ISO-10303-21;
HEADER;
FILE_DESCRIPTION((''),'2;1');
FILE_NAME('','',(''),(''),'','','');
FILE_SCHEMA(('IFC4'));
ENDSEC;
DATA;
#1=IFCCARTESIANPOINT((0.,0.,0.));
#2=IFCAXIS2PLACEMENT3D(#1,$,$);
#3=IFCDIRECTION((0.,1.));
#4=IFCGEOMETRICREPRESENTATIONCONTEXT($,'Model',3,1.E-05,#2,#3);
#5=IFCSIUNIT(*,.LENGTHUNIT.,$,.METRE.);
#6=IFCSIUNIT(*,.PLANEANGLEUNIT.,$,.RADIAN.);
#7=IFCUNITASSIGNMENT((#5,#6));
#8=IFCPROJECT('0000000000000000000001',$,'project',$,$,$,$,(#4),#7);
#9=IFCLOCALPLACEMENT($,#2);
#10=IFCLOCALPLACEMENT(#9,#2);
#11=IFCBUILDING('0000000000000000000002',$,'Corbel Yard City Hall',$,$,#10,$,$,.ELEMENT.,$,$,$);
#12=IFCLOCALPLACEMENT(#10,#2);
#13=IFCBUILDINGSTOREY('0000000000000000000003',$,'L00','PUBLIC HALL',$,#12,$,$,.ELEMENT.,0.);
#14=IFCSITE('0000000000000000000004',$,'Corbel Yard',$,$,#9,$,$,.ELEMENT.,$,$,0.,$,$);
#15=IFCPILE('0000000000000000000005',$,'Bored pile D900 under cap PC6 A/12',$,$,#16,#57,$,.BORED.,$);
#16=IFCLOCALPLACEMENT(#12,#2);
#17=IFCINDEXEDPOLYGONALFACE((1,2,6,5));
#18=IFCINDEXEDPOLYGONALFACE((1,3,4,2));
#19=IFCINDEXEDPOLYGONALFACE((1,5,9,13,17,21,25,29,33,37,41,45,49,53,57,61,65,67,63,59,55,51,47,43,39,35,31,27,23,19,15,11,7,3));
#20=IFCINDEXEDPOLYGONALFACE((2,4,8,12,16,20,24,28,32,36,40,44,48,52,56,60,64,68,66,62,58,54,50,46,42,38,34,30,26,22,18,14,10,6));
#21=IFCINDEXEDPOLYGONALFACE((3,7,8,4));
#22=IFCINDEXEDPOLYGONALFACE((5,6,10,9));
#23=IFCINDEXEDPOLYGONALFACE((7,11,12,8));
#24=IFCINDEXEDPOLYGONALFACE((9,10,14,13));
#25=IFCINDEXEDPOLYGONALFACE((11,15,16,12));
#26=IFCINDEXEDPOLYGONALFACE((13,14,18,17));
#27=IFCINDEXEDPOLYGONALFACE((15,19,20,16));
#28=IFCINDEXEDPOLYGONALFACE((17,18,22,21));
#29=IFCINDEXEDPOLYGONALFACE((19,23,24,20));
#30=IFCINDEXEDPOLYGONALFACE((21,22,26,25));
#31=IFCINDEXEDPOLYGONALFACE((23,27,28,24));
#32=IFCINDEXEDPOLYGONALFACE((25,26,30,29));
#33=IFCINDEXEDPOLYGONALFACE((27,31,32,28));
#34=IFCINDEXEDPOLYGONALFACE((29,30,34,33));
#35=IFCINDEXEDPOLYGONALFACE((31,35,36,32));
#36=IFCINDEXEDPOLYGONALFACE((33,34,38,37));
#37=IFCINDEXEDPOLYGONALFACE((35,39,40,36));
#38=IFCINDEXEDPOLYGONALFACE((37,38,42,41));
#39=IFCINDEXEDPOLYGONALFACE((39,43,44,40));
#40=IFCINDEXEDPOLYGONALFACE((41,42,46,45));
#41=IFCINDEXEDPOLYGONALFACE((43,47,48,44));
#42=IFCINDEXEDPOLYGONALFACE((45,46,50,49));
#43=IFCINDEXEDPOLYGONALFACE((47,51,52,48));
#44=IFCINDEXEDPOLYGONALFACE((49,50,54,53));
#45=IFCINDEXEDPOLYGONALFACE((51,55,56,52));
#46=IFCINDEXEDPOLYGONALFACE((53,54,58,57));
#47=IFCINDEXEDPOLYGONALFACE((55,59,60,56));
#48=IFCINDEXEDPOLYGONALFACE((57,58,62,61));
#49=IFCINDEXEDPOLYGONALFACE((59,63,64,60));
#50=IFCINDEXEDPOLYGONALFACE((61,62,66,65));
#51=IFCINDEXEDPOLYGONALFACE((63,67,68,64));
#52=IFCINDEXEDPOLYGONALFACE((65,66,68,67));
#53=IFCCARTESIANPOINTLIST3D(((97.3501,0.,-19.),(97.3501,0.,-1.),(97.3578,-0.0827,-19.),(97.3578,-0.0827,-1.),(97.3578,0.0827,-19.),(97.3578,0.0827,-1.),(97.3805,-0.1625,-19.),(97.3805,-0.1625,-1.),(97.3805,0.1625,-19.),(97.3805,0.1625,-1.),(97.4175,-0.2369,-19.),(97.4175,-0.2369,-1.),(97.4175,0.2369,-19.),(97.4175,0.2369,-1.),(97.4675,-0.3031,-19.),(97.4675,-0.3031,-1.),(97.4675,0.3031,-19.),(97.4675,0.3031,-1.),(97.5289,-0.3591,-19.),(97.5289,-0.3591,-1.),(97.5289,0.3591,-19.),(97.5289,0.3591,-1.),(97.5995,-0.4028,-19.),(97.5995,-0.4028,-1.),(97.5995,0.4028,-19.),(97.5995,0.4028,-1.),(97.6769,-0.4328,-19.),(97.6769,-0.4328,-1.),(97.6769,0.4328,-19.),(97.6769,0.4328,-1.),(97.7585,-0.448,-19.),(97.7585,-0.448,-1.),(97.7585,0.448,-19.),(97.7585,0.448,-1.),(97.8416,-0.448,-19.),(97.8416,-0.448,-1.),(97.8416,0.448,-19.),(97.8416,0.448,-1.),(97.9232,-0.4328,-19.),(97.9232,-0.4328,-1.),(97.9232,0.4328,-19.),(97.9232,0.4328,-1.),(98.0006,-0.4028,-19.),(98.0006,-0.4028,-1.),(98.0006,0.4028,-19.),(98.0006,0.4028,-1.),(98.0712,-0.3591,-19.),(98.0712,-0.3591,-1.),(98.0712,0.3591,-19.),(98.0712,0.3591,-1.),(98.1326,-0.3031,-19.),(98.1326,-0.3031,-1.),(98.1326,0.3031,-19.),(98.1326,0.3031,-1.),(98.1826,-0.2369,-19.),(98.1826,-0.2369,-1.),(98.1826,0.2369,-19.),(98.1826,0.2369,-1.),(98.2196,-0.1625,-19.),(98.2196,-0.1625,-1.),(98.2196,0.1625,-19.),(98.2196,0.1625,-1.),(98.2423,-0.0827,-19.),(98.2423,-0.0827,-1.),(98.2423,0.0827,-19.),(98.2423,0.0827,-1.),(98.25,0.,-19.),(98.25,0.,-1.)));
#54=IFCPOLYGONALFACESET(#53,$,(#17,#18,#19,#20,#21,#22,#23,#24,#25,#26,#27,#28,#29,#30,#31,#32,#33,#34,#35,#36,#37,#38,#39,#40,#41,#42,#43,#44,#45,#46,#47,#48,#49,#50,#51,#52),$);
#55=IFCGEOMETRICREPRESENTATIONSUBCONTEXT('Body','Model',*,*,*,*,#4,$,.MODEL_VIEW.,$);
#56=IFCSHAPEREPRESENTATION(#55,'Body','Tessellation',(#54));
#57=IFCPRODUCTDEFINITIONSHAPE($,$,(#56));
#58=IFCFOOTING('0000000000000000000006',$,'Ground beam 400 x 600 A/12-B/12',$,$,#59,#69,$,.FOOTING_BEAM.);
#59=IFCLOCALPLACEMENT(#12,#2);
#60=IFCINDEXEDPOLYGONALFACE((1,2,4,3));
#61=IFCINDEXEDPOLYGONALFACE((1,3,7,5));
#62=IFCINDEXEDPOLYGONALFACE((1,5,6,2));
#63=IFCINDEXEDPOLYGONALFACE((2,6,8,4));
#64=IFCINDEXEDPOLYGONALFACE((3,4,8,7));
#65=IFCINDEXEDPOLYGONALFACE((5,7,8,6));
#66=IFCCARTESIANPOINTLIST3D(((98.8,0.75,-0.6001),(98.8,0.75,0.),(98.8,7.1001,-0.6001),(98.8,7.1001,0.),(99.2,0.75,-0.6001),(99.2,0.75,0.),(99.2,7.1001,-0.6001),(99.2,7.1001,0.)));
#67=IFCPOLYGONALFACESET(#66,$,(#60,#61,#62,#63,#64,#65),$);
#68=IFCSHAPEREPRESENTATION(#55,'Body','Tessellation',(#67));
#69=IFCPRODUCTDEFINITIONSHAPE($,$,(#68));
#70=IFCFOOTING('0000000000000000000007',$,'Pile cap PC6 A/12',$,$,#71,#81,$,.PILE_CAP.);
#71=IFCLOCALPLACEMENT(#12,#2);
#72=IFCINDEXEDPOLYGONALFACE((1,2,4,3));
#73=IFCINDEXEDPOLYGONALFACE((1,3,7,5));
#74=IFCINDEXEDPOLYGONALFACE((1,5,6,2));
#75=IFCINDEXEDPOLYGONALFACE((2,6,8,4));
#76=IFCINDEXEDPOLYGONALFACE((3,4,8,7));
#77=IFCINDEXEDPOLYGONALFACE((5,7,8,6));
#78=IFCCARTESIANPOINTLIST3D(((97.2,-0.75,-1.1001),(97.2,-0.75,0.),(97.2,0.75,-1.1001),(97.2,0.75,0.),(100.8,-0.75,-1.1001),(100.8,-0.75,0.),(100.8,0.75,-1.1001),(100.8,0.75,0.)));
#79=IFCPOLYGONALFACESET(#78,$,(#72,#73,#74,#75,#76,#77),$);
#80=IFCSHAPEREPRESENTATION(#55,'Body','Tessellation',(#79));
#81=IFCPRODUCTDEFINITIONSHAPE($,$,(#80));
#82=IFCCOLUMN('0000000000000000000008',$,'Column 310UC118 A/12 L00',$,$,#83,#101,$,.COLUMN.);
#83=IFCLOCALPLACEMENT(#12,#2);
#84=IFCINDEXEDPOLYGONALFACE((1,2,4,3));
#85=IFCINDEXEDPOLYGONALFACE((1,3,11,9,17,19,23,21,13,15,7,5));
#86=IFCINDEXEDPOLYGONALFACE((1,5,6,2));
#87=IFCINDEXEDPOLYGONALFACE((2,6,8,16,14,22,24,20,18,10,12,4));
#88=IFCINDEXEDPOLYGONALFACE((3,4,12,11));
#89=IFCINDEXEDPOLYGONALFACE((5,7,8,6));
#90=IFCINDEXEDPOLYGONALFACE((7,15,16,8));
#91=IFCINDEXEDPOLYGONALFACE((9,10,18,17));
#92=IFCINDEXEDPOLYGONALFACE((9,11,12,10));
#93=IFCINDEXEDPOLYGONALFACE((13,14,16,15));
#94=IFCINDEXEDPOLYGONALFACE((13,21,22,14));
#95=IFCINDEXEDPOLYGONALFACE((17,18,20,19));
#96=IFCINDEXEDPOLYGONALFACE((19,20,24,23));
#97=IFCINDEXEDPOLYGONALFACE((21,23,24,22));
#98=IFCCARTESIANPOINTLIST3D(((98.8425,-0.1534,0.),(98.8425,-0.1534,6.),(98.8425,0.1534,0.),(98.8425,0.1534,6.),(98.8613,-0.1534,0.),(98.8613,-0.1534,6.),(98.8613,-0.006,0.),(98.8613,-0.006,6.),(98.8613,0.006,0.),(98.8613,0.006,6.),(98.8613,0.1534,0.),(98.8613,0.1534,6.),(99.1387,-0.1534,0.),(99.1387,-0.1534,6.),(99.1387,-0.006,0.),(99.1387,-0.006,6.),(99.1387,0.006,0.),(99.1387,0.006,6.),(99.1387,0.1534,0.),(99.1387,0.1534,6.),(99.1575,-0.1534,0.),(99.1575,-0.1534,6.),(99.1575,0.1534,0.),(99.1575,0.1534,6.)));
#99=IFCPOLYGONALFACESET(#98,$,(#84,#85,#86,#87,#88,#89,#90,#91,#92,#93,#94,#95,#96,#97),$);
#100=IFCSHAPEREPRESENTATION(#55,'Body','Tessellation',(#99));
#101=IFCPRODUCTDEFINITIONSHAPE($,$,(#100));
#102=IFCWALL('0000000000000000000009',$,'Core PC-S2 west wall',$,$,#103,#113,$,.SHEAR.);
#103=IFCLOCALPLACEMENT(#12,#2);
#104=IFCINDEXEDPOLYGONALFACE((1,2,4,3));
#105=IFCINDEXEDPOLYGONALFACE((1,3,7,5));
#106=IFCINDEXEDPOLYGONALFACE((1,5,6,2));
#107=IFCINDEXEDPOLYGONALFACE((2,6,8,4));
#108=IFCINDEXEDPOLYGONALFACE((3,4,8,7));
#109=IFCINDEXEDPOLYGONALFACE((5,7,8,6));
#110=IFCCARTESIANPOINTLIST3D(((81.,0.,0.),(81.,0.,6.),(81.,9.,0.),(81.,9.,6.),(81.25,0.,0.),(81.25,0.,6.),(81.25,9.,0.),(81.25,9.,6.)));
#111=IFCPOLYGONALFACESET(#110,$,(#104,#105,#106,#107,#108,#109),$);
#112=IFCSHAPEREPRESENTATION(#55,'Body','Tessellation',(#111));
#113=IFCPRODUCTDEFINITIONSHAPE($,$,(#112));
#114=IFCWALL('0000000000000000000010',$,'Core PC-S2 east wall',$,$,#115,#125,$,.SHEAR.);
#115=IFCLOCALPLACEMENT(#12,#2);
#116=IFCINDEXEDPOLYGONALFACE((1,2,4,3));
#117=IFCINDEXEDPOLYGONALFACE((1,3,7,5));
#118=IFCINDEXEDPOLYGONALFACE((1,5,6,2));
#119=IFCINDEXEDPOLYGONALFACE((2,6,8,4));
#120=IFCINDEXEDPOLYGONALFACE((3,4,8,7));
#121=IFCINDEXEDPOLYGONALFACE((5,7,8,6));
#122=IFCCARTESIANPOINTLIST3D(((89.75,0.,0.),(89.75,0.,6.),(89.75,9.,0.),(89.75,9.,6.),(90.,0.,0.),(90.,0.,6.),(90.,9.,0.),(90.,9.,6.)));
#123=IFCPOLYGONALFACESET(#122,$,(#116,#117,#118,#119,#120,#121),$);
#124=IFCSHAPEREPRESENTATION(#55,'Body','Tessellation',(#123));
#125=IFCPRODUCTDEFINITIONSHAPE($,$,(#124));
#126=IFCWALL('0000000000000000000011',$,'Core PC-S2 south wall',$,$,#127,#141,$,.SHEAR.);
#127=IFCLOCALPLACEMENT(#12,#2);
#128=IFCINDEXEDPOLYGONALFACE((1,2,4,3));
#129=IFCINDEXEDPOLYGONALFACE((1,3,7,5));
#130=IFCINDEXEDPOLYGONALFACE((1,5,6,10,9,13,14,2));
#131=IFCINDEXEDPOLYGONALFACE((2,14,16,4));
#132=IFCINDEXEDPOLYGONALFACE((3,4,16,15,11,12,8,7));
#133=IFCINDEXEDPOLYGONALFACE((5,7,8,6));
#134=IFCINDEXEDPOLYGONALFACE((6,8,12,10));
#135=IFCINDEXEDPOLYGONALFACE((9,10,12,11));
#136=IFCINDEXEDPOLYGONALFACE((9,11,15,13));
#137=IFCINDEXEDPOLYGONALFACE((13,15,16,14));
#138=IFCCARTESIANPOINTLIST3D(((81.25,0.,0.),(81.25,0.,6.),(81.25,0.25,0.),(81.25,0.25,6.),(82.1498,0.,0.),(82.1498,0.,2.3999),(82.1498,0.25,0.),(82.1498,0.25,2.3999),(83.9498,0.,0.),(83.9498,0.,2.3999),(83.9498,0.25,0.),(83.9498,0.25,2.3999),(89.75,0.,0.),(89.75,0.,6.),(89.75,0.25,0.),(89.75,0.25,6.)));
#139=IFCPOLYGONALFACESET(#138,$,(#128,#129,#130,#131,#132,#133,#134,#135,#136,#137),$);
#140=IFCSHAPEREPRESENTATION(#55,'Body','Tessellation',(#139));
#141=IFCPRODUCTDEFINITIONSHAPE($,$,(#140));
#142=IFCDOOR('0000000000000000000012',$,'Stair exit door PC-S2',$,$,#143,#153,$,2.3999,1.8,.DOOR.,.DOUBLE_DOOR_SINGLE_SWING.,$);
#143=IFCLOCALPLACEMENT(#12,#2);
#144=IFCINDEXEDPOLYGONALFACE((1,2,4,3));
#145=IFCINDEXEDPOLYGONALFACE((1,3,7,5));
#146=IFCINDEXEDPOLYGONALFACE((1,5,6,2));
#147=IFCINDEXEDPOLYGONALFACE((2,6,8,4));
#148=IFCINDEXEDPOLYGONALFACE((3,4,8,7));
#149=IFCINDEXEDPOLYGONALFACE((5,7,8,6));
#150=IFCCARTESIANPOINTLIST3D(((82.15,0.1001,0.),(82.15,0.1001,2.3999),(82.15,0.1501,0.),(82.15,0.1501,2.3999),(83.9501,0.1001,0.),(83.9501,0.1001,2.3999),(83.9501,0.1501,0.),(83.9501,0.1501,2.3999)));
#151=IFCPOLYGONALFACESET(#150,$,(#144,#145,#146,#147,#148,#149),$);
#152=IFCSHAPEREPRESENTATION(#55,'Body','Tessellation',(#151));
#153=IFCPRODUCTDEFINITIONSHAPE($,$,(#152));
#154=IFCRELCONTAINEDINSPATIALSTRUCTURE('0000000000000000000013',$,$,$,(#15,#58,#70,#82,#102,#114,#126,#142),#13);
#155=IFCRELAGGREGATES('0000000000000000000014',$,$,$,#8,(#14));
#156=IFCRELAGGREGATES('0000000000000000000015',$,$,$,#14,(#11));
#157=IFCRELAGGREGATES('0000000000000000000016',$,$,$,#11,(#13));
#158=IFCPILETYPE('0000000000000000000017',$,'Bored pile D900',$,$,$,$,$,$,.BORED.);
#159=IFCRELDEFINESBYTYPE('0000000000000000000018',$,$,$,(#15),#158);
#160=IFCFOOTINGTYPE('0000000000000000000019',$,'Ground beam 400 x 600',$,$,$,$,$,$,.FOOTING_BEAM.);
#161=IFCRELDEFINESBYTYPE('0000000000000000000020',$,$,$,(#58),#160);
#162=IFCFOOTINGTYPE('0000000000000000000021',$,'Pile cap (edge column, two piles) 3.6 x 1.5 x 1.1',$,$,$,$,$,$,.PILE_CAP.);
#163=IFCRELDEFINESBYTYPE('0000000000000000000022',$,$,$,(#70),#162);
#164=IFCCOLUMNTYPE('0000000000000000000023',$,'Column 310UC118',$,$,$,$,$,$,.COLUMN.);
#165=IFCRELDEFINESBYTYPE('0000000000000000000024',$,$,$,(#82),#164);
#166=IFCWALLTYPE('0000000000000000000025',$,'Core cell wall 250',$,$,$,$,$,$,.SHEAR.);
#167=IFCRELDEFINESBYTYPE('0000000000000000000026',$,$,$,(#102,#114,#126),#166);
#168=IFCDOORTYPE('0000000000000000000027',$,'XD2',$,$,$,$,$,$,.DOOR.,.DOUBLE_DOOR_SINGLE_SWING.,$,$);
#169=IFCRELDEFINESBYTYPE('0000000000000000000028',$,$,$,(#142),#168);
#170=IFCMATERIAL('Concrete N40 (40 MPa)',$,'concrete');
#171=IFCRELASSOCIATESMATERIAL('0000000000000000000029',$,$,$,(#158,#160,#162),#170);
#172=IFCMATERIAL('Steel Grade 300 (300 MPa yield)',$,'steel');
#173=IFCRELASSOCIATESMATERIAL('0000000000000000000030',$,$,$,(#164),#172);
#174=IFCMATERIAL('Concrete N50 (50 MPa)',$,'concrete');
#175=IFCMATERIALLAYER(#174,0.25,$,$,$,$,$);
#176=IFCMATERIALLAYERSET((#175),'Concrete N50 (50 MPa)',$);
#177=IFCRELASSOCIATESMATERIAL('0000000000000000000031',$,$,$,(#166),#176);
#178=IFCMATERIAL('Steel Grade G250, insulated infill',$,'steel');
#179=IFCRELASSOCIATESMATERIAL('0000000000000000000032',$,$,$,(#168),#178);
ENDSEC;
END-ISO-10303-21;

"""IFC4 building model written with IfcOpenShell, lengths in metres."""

from ifc_helpers import new_model, si_unit, direction, frame, frame_2d, origin, origin_2d, place, context, subcontext, project, spatial, rectangle, circle, i_section, extrude, material, layer, layer_set, material_profile, profile_set, type_object, element, fill, save


model = new_model("IFC4")

# Units and contexts
model_context = context("Model", 3, precision=1e-05, world=origin(), true_north=direction((0.0, 1.0)))
body_context = subcontext(model_context, "Body", "Model", "MODEL_VIEW")
ifc_project = project(units=[si_unit("LENGTHUNIT", "METRE"), si_unit("PLANEANGLEUNIT", "RADIAN")], contexts=[model_context])

# Site, building, storey
site_placement = place(None, origin())
site = spatial("IfcSite", under=ifc_project, at=site_placement, Name="Corbel Yard", CompositionType="ELEMENT", RefElevation=0.0)
building_placement = place(site_placement, origin())
building = spatial("IfcBuilding", under=site, at=building_placement, Name="Corbel Yard City Hall", CompositionType="ELEMENT")
storey_placement = place(building_placement, origin())
storey = spatial("IfcBuildingStorey", under=building, at=storey_placement, Name="L00", Description="PUBLIC HALL", CompositionType="ELEMENT", Elevation=0.0)

# Pile
ifc_material_1 = material(Name="Concrete N40 (40 MPa)", Category="concrete")
ifc_material_profile_1 = material_profile(ifc_material_1, circle(Radius=0.45, at=origin_2d()), Name="D900")
ifc_profile_set_1 = profile_set([ifc_material_profile_1], Name="Concrete N40 (40 MPa)")
pile_type_1 = type_object("IfcPileType", Name="Bored pile D900", PredefinedType="BORED", material=ifc_profile_set_1)
pile_placement = place(storey_placement, frame((97.8, 0.0, -1.0), z_axis=(0.0, 0.0, -1.0), x_axis=(1.0, 0.0, 0.0)))
element("IfcPile", 1, at=pile_placement, inside=storey, type_object=pile_type_1, Name="Bored pile D900 under cap PC6 A/12", PredefinedType="BORED", context=body_context, shape_type="SweptSolid", body=[
    extrude(circle(Radius=0.45, at=origin_2d()), origin(), (0.0, 0.0, 1.0), 18.0),
])

# Footings
footing_type_1 = type_object("IfcFootingType", Name="Ground beam 400 x 600", PredefinedType="FOOTING_BEAM", material=ifc_material_1)
footing_1_placement = place(storey_placement, frame((99.0, 3.925, -0.6001), z_axis=(0.0, 0.0, 1.0), x_axis=(1.0, 0.0, 0.0)))
element("IfcFooting", 2, at=footing_1_placement, inside=storey, type_object=footing_type_1, Name="Ground beam 400 x 600 A/12-B/12", PredefinedType="FOOTING_BEAM", context=body_context, shape_type="SweptSolid", body=[
    extrude(rectangle(XDim=0.3999, YDim=6.3501, at=origin_2d()), origin(), (0.0, 0.0, 1.0), 0.6001),
])
footing_type_2 = type_object("IfcFootingType", Name="Pile cap (edge column, two piles) 3.6 x 1.5 x 1.1", PredefinedType="PILE_CAP", material=ifc_material_1)
footing_2_placement = place(storey_placement, frame((99.0, 0.0, -1.1001), z_axis=(0.0, 0.0, 1.0), x_axis=(1.0, 0.0, 0.0)))
element("IfcFooting", 3, at=footing_2_placement, inside=storey, type_object=footing_type_2, Name="Pile cap PC6 A/12", PredefinedType="PILE_CAP", context=body_context, shape_type="SweptSolid", body=[
    extrude(rectangle(XDim=3.6001, YDim=1.5, at=origin_2d()), origin(), (0.0, 0.0, 1.0), 1.1001),
])

# Column
ifc_material_2 = material(Name="Steel Grade 300 (300 MPa yield)", Category="steel")
ifc_material_profile_2 = material_profile(ifc_material_2, i_section(OverallWidth=0.3069, OverallDepth=0.3149, WebThickness=0.012, FlangeThickness=0.0188, at=origin_2d()), Name="310UC118")
ifc_profile_set_2 = profile_set([ifc_material_profile_2], Name="Steel Grade 300 (300 MPa yield)")
column_type = type_object("IfcColumnType", Name="Column 310UC118", PredefinedType="COLUMN", material=ifc_profile_set_2)
column_placement = place(storey_placement, frame((99.0, 0.0, 0.0), z_axis=(0.0, 0.0, 1.0), x_axis=(0.0, 1.0, 0.0)))
element("IfcColumn", 4, at=column_placement, inside=storey, type_object=column_type, Name="Column 310UC118 A/12 L00", PredefinedType="COLUMN", context=body_context, shape_type="SweptSolid", body=[
    extrude(i_section(OverallWidth=0.3069, OverallDepth=0.3149, WebThickness=0.012, FlangeThickness=0.0188, at=origin_2d()), origin(), (0.0, 0.0, 1.0), 6.0),
])

# Walls
ifc_material_3 = material(Name="Concrete N50 (50 MPa)", Category="concrete")
ifc_layer_1 = layer(ifc_material_3, 0.25)
ifc_layer_set_1 = layer_set([ifc_layer_1], Name="Concrete N50 (50 MPa)")
wall_type_1 = type_object("IfcWallType", Name="Core cell wall 250", PredefinedType="SHEAR", material=ifc_layer_set_1)
for number, where, z_axis, x_axis, name in (
    (5, (81.125, 0.0, 0.0), (0.0, 0.0, 1.0), (0.0, 1.0, 0.0), "Core PC-S2 west wall"),
    (6, (89.875, 0.0, 0.0), (0.0, 0.0, 1.0), (0.0, 1.0, 0.0), "Core PC-S2 east wall"),
):
    element("IfcWall", number, at=place(storey_placement, frame(where, z_axis=z_axis, x_axis=x_axis)), inside=storey, type_object=wall_type_1, Name=name, PredefinedType="SHEAR", context=body_context, shape_type="SweptSolid", body=[
        extrude(rectangle(XDim=9.0, YDim=0.25, at=frame_2d((4.5, 0.0))), origin(), (0.0, 0.0, 1.0), 6.0),
    ])

# Wall, opening, door
wall_1_placement = place(storey_placement, frame((81.25, 0.125, 0.0), z_axis=(0.0, 0.0, 1.0), x_axis=(1.0, 0.0, 0.0)))
wall_1 = element("IfcWall", 7, at=wall_1_placement, inside=storey, type_object=wall_type_1, Name="Core PC-S2 south wall", PredefinedType="SHEAR", context=body_context, shape_type="SweptSolid", body=[
    extrude(rectangle(XDim=8.5, YDim=0.25, at=frame_2d((4.25, 0.0))), origin(), (0.0, 0.0, 1.0), 6.0),
])
opening_1_placement = place(wall_1_placement, frame((0.8999, 0.0, 0.0)))
opening_1 = element("IfcOpeningElement", 8, at=opening_1_placement, cuts=wall_1, PredefinedType="OPENING", context=body_context, shape_type="SweptSolid", body=[
    extrude(rectangle(XDim=1.8, YDim=2.3999, at=frame_2d((0.8999, 1.2))), frame((0.0, 0.135, 0.0), z_axis=(0.0, -1.0, 0.0), x_axis=(1.0, 0.0, 0.0)), (0.0, 0.0, 1.0), 0.27),
])
ifc_material_4 = material(Name="Steel Grade G250, insulated infill", Category="steel")
door_type_1 = type_object("IfcDoorType", Name="XD2", OperationType="DOUBLE_DOOR_SINGLE_SWING", PredefinedType="DOOR", material=ifc_material_4)
door_1_placement = place(opening_1_placement, frame((1.8, 0.0, 0.0), z_axis=(0.0, 0.0, 1.0), x_axis=(-1.0, 0.0, 0.0)))
door_1 = element("IfcDoor", 9, at=door_1_placement, inside=storey, type_object=door_type_1, Name="Stair exit door PC-S2", OperationType="DOUBLE_DOOR_SINGLE_SWING", OverallHeight=2.3999, OverallWidth=1.8, PredefinedType="DOOR", context=body_context, shape_type="SweptSolid", body=[
    extrude(rectangle(XDim=1.8, YDim=2.3999, at=frame_2d((0.8999, 1.2))), frame((0.0, 0.0249, 0.0), z_axis=(0.0, -1.0, 0.0), x_axis=(1.0, 0.0, 0.0)), (0.0, 0.0, 1.0), 0.05),
])
fill(opening_1, door_1)

save(model, "model.ifc")
